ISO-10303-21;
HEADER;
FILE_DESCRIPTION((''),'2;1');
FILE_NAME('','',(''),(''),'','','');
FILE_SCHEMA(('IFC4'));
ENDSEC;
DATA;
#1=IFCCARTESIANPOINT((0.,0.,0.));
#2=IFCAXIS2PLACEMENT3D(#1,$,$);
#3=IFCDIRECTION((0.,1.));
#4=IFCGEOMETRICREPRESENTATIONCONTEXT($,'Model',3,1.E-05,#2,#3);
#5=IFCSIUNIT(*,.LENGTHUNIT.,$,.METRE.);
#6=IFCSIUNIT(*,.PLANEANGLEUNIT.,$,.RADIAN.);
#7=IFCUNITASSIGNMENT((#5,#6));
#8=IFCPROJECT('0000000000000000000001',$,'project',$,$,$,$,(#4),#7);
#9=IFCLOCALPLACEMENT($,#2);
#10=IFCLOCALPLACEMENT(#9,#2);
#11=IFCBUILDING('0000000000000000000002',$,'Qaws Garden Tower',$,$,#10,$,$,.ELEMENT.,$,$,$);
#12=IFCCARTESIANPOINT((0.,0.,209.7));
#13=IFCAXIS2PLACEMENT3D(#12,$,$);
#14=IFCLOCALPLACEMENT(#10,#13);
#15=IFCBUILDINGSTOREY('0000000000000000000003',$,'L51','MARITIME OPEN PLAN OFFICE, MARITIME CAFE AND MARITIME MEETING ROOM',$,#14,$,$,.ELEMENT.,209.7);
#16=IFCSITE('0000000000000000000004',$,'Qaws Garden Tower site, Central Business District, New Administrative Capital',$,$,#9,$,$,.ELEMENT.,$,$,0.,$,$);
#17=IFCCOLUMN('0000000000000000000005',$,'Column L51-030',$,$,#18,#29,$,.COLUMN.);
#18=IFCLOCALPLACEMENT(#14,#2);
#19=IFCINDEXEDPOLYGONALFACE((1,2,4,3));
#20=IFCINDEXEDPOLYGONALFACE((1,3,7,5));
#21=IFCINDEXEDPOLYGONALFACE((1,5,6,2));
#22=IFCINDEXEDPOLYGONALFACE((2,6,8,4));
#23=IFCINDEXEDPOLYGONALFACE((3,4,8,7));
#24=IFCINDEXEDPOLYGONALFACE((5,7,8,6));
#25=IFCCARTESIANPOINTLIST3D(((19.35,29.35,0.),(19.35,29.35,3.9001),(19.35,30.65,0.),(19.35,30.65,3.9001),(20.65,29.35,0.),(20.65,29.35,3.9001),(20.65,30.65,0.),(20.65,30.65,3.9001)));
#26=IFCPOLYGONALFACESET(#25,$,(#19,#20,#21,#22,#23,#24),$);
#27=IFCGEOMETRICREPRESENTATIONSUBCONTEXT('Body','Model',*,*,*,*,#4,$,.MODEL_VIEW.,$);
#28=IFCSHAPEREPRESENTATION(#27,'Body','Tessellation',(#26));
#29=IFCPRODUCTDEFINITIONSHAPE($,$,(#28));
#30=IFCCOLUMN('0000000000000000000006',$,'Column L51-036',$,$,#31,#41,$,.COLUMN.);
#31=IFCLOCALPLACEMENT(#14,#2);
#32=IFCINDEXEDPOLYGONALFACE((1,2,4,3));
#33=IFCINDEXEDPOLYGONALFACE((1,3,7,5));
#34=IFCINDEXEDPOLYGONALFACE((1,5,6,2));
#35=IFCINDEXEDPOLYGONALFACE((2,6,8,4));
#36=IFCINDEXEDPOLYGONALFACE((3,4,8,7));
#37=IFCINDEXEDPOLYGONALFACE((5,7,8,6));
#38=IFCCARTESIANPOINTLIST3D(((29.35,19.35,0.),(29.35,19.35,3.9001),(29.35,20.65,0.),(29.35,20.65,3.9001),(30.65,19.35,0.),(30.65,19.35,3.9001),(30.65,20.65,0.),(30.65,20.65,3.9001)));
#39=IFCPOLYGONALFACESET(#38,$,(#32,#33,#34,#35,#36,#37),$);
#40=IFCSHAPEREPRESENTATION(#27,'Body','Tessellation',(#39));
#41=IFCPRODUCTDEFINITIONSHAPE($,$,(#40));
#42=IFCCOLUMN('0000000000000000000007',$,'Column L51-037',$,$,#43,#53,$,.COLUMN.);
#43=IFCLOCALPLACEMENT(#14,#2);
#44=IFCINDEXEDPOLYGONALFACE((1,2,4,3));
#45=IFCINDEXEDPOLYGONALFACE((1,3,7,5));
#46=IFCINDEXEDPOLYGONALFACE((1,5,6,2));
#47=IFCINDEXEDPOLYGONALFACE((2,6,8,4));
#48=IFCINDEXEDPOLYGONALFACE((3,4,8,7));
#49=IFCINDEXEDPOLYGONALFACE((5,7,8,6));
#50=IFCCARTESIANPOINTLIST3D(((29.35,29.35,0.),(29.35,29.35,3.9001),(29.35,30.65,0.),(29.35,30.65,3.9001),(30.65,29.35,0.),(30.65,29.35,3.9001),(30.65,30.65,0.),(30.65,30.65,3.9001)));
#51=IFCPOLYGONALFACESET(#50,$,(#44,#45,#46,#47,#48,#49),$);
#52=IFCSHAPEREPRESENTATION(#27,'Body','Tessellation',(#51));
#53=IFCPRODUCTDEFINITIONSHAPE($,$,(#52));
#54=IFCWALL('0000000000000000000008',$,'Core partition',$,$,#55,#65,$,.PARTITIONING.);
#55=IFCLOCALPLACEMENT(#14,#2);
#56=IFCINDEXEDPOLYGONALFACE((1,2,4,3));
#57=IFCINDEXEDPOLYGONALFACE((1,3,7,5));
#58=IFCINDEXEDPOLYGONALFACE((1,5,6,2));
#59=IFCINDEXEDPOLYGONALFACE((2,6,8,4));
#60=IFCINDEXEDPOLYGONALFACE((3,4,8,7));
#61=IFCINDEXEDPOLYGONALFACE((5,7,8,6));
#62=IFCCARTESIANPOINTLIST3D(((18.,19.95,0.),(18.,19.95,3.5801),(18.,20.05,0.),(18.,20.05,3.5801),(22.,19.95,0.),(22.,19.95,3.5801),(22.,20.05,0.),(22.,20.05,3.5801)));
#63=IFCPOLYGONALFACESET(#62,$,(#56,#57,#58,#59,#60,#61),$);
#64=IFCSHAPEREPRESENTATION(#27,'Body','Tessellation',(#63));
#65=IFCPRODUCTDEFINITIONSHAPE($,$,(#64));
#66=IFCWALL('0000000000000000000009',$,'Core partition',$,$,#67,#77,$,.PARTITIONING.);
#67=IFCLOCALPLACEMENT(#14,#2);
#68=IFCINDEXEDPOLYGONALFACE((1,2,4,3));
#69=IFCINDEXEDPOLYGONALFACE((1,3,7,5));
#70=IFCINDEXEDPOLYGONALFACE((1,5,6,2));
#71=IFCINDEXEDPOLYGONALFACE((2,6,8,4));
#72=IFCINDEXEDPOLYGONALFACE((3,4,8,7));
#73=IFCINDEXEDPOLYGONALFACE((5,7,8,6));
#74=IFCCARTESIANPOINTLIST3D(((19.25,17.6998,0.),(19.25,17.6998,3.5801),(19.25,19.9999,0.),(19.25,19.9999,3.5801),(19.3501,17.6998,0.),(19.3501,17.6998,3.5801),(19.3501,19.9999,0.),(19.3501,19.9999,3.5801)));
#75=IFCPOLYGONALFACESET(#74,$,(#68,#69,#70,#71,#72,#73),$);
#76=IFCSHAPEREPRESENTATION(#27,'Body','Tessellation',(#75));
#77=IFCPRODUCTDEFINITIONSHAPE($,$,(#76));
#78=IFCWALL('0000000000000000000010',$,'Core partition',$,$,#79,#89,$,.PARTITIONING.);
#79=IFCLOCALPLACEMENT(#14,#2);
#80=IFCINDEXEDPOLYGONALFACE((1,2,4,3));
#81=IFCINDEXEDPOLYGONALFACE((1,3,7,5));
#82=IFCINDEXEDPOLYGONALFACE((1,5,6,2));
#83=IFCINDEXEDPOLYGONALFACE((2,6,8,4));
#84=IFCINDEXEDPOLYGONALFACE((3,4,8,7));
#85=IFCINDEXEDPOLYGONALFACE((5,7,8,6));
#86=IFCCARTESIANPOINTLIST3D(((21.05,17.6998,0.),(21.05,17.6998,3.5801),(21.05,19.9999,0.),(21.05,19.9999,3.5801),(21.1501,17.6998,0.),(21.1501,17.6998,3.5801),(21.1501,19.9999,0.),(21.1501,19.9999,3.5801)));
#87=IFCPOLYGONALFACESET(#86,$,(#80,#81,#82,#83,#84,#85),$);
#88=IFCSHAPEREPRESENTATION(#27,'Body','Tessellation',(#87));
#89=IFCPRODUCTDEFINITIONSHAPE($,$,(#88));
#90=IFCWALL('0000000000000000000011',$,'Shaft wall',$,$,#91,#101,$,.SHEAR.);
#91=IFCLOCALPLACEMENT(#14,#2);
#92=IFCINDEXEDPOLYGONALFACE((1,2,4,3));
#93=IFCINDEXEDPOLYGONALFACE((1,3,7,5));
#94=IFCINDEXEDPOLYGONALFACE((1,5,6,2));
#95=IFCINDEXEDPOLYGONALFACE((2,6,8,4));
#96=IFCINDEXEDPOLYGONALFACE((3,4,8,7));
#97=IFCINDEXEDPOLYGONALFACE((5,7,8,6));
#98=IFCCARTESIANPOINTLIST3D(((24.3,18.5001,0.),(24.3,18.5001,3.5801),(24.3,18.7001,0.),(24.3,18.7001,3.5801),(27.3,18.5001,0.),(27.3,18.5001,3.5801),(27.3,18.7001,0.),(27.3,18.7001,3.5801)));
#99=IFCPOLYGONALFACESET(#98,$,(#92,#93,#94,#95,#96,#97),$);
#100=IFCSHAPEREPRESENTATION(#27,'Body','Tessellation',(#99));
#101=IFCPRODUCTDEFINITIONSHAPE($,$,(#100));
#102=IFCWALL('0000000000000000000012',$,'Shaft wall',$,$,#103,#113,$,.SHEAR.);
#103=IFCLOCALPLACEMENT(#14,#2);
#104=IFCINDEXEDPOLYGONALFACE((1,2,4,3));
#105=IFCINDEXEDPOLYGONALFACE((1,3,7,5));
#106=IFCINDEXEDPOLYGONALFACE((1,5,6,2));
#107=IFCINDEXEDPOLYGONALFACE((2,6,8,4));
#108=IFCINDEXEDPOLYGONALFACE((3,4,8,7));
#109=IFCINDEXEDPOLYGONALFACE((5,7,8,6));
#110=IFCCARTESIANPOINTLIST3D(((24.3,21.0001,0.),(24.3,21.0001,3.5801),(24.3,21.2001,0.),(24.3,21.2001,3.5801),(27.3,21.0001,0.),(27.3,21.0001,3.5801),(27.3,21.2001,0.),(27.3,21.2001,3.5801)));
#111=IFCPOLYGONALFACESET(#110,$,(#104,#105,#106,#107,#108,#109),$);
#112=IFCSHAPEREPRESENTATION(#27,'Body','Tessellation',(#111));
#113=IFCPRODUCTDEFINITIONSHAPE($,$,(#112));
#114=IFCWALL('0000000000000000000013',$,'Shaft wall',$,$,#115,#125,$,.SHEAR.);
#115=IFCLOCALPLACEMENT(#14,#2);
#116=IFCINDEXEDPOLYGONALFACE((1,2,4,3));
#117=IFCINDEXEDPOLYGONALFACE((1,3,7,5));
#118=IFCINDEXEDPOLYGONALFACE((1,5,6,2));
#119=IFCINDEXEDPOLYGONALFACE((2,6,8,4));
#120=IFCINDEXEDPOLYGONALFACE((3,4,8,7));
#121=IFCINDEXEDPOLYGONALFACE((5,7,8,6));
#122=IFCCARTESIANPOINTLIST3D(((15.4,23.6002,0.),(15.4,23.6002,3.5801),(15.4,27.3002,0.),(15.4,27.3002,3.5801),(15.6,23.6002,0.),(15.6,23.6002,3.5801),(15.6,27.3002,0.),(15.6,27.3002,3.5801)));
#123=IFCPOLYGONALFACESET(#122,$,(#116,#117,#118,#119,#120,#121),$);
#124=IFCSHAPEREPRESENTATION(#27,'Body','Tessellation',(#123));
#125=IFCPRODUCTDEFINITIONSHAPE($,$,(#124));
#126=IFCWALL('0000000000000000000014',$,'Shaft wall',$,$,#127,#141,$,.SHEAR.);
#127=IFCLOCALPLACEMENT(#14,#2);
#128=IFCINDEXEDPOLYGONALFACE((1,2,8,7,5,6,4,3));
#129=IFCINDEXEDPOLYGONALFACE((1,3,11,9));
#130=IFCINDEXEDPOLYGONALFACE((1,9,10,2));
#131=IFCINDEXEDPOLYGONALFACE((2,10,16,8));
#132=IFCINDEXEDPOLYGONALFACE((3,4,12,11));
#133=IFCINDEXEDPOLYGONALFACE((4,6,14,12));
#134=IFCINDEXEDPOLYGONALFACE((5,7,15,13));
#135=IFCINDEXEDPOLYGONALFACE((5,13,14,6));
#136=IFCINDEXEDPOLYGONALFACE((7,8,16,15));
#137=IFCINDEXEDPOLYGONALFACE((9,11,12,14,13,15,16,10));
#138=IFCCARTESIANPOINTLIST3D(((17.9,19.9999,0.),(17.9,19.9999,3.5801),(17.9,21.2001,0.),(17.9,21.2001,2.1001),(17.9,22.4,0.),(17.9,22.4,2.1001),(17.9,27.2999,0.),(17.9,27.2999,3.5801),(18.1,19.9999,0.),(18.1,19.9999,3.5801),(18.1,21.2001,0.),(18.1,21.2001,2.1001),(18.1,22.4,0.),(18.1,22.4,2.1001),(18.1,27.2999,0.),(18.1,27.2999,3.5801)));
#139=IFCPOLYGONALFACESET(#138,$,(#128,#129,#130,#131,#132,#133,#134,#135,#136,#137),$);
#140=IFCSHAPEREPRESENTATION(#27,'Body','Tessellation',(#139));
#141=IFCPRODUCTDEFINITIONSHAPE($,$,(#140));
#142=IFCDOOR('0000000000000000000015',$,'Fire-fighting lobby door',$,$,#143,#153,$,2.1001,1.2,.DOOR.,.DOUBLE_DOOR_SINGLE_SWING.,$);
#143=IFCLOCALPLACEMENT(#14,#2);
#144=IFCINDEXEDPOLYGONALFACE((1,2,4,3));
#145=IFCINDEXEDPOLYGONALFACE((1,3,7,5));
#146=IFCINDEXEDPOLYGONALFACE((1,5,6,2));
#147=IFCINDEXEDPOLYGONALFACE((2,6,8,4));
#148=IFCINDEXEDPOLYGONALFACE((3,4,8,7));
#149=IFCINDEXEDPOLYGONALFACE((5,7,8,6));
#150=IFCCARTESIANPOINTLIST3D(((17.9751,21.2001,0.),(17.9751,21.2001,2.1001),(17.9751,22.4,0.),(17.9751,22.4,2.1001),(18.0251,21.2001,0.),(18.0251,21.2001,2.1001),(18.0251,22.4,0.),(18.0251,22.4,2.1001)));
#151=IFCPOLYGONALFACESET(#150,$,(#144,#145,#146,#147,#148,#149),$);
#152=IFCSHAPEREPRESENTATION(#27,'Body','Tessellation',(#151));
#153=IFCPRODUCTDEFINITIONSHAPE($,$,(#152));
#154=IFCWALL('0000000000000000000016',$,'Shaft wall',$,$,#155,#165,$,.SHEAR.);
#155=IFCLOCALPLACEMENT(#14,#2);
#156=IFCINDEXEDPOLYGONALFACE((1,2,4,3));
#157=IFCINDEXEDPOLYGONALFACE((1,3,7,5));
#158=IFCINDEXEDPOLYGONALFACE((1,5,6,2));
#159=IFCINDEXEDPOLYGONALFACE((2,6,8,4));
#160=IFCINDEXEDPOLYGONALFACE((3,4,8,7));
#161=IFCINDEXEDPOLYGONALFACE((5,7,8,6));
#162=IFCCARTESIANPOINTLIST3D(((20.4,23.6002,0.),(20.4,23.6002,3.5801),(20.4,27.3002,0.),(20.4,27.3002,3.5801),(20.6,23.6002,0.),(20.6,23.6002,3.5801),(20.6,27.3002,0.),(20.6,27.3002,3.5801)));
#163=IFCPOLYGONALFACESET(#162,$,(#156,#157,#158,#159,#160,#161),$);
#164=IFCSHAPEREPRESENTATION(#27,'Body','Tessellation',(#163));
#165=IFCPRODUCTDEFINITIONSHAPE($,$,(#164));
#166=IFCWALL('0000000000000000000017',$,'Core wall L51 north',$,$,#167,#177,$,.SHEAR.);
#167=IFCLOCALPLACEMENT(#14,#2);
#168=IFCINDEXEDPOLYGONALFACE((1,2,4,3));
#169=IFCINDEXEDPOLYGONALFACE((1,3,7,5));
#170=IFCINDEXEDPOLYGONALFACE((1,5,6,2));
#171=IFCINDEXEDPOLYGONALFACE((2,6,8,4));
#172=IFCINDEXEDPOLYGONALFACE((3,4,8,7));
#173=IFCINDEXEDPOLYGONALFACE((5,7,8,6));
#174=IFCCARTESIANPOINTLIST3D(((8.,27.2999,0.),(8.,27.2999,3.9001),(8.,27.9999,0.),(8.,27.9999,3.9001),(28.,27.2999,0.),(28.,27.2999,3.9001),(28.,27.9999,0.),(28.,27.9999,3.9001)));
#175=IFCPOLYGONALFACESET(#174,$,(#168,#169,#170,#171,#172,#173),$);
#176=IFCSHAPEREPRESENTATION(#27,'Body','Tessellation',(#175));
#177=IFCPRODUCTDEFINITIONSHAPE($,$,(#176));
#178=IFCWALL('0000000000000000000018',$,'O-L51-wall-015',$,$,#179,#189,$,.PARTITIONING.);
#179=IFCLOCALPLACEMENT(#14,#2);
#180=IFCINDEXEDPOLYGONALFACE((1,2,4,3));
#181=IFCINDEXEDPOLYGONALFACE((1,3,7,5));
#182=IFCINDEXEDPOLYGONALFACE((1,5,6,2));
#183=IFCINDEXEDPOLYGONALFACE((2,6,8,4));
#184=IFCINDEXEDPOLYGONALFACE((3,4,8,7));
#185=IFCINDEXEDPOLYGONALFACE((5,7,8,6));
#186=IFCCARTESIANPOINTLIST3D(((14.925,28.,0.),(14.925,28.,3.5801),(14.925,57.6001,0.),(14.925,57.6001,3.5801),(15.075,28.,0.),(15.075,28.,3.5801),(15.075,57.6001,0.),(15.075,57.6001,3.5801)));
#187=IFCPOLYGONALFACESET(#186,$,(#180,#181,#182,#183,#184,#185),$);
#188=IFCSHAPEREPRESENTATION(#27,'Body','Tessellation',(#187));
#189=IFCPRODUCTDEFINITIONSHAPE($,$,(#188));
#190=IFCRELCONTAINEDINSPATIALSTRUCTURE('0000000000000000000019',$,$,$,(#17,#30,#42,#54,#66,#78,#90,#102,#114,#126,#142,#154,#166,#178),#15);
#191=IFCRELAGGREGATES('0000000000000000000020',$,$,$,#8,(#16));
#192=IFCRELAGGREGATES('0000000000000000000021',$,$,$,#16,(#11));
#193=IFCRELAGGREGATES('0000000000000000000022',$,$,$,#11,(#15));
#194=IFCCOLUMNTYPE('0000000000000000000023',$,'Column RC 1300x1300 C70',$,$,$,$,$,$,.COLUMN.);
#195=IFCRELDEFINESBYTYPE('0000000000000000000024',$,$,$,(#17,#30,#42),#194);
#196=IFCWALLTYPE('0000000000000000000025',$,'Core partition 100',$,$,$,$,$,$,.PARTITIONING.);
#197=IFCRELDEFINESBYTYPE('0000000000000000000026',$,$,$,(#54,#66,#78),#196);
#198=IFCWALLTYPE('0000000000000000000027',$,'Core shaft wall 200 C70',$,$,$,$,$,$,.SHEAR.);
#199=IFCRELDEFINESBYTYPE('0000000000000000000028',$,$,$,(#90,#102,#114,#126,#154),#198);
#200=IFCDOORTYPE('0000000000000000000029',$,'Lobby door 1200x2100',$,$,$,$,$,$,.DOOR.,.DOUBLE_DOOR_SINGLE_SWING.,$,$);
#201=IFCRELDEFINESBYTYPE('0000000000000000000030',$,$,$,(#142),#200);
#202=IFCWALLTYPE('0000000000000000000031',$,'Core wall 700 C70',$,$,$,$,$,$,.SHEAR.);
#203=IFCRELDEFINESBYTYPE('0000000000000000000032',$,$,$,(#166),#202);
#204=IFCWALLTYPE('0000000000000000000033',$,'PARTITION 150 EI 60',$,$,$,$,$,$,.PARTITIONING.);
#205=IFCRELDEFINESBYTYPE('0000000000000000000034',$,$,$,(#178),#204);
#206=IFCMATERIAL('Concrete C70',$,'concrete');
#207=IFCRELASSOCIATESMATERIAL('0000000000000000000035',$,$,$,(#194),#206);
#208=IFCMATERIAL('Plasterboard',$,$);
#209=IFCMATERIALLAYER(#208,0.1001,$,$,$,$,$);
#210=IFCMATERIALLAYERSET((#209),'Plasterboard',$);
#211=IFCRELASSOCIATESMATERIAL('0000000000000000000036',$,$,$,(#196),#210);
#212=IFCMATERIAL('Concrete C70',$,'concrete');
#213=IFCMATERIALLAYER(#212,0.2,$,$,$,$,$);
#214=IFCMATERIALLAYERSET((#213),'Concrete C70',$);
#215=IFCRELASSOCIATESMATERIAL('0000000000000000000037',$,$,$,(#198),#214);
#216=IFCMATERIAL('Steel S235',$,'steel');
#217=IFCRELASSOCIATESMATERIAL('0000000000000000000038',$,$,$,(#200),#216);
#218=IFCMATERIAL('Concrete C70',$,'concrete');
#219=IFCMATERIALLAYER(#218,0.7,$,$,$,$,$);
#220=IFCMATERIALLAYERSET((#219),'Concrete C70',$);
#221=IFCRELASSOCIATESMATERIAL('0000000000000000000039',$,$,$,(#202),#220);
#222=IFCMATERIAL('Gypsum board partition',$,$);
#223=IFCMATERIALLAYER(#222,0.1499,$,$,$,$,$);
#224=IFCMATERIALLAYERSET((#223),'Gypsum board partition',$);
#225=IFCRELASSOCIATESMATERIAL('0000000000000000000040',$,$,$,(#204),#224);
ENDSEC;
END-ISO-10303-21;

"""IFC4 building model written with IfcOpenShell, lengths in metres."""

from ifc_helpers import new_model, si_unit, direction, frame, frame_2d, origin, origin_2d, place, context, subcontext, project, spatial, rectangle, extrude, material, layer, layer_set, material_profile, profile_set, type_object, element, fill, save


model = new_model("IFC4")

# Units and contexts
model_context = context("Model", 3, precision=1e-05, world=origin(), true_north=direction((0.0, 1.0)))
body_context = subcontext(model_context, "Body", "Model", "MODEL_VIEW")
ifc_project = project(units=[si_unit("LENGTHUNIT", "METRE"), si_unit("PLANEANGLEUNIT", "RADIAN")], contexts=[model_context])

# Site, building, storey
site_placement = place(None, origin())
site = spatial("IfcSite", under=ifc_project, at=site_placement, Name="Qaws Garden Tower site, Central Business District, New Administrative Capital", CompositionType="ELEMENT", RefElevation=0.0)
building_placement = place(site_placement, origin())
building = spatial("IfcBuilding", under=site, at=building_placement, Name="Qaws Garden Tower", CompositionType="ELEMENT")
storey_placement = place(building_placement, frame((0.0, 0.0, 209.7)))
storey = spatial("IfcBuildingStorey", under=building, at=storey_placement, Name="L51", Description="MARITIME OPEN PLAN OFFICE, MARITIME CAFE AND MARITIME MEETING ROOM", CompositionType="ELEMENT", Elevation=209.7)

# Columns
ifc_material_1 = material(Name="Concrete C70", Category="concrete")
ifc_material_profile = material_profile(ifc_material_1, rectangle(XDim=1.3, YDim=1.3, at=origin_2d()), Name="RC 1300x1300")
ifc_profile_set = profile_set([ifc_material_profile], Name="Concrete C70")
column_type = type_object("IfcColumnType", Name="Column RC 1300x1300 C70", PredefinedType="COLUMN", material=ifc_profile_set)
for number, where, z_axis, x_axis, name in (
    (1, (20.0, 30.0, 0.0), (0.0, 0.0, 1.0), (1.0, 0.0, 0.0), "Column L51-030"),
    (2, (30.0, 20.0, 0.0), (0.0, 0.0, 1.0), (1.0, 0.0, 0.0), "Column L51-036"),
    (3, (30.0, 30.0, 0.0), (0.0, 0.0, 1.0), (1.0, 0.0, 0.0), "Column L51-037"),
):
    element("IfcColumn", number, at=place(storey_placement, frame(where, z_axis=z_axis, x_axis=x_axis)), inside=storey, type_object=column_type, Name=name, PredefinedType="COLUMN", context=body_context, shape_type="SweptSolid", body=[
        extrude(rectangle(XDim=1.3, YDim=1.3, at=origin_2d()), origin(), (0.0, 0.0, 1.0), 3.9001),
    ])

# Walls
ifc_material_2 = material(Name="Plasterboard")
ifc_layer_1 = layer(ifc_material_2, 0.1001)
ifc_layer_set_1 = layer_set([ifc_layer_1], Name="Plasterboard")
wall_type_1 = type_object("IfcWallType", Name="Core partition 100", PredefinedType="PARTITIONING", material=ifc_layer_set_1)
wall_1_placement = place(storey_placement, frame((18.0, 20.0, 0.0), z_axis=(0.0, 0.0, 1.0), x_axis=(1.0, 0.0, 0.0)))
element("IfcWall", 4, at=wall_1_placement, inside=storey, type_object=wall_type_1, Name="Core partition", PredefinedType="PARTITIONING", context=body_context, shape_type="SweptSolid", body=[
    extrude(rectangle(XDim=4.0, YDim=0.1001, at=frame_2d((2.0, 0.0))), origin(), (0.0, 0.0, 1.0), 3.5801),
])
for number, where, z_axis, x_axis, name in (
    (5, (19.3, 17.7, 0.0), (0.0, 0.0, 1.0), (0.0, 1.0, 0.0), "Core partition"),
    (6, (21.1001, 17.7, 0.0), (0.0, 0.0, 1.0), (0.0, 1.0, 0.0), "Core partition"),
):
    element("IfcWall", number, at=place(storey_placement, frame(where, z_axis=z_axis, x_axis=x_axis)), inside=storey, type_object=wall_type_1, Name=name, PredefinedType="PARTITIONING", context=body_context, shape_type="SweptSolid", body=[
        extrude(rectangle(XDim=2.3, YDim=0.1001, at=frame_2d((1.1499, 0.0))), origin(), (0.0, 0.0, 1.0), 3.5801),
    ])
ifc_material_3 = material(Name="Concrete C70", Category="concrete")
ifc_layer_2 = layer(ifc_material_3, 0.2)
ifc_layer_set_2 = layer_set([ifc_layer_2], Name="Concrete C70")
wall_type_2 = type_object("IfcWallType", Name="Core shaft wall 200 C70", PredefinedType="SHEAR", material=ifc_layer_set_2)
for number, where, z_axis, x_axis, name in (
    (7, (24.3, 18.6001, 0.0), (0.0, 0.0, 1.0), (1.0, 0.0, 0.0), "Shaft wall"),
    (8, (24.3, 21.1001, 0.0), (0.0, 0.0, 1.0), (1.0, 0.0, 0.0), "Shaft wall"),
):
    element("IfcWall", number, at=place(storey_placement, frame(where, z_axis=z_axis, x_axis=x_axis)), inside=storey, type_object=wall_type_2, Name=name, PredefinedType="SHEAR", context=body_context, shape_type="SweptSolid", body=[
        extrude(rectangle(XDim=3.0, YDim=0.2, at=frame_2d((1.5, 0.0))), origin(), (0.0, 0.0, 1.0), 3.5801),
    ])
wall_2_placement = place(storey_placement, frame((15.5, 23.6001, 0.0), z_axis=(0.0, 0.0, 1.0), x_axis=(0.0, 1.0, 0.0)))
element("IfcWall", 9, at=wall_2_placement, inside=storey, type_object=wall_type_2, Name="Shaft wall", PredefinedType="SHEAR", context=body_context, shape_type="SweptSolid", body=[
    extrude(rectangle(XDim=3.7, YDim=0.2, at=frame_2d((1.8501, 0.0))), origin(), (0.0, 0.0, 1.0), 3.5801),
])

# Wall, opening, door
wall_3_placement = place(storey_placement, frame((18.0, 20.0, 0.0), z_axis=(0.0, 0.0, 1.0), x_axis=(0.0, 1.0, 0.0)))
wall_3 = element("IfcWall", 10, at=wall_3_placement, inside=storey, type_object=wall_type_2, Name="Shaft wall", PredefinedType="SHEAR", context=body_context, shape_type="SweptSolid", body=[
    extrude(rectangle(XDim=7.3, YDim=0.2, at=frame_2d((3.6499, 0.0))), origin(), (0.0, 0.0, 1.0), 3.5801),
])
opening_1_placement = place(wall_3_placement, frame((1.2, 0.0, 0.0)))
opening_1 = element("IfcOpeningElement", 11, at=opening_1_placement, cuts=wall_3, PredefinedType="OPENING", context=body_context, shape_type="SweptSolid", body=[
    extrude(rectangle(XDim=1.2, YDim=2.1001, at=frame_2d((0.6001, 1.05))), frame((0.0, 0.1099, 0.0), z_axis=(0.0, -1.0, 0.0), x_axis=(1.0, 0.0, 0.0)), (0.0, 0.0, 1.0), 0.22),
])
ifc_material_4 = material(Name="Steel S235", Category="steel")
door_type_1 = type_object("IfcDoorType", Name="Lobby door 1200x2100", OperationType="DOUBLE_DOOR_SINGLE_SWING", PredefinedType="DOOR", material=ifc_material_4)
door_1_placement = place(opening_1_placement, origin())
door_1 = element("IfcDoor", 12, at=door_1_placement, inside=storey, type_object=door_type_1, Name="Fire-fighting lobby door", OperationType="DOUBLE_DOOR_SINGLE_SWING", OverallHeight=2.1001, OverallWidth=1.2, PredefinedType="DOOR", context=body_context, shape_type="SweptSolid", body=[
    extrude(rectangle(XDim=1.2, YDim=2.1001, at=frame_2d((0.6001, 1.05))), frame((0.0, 0.0249, 0.0), z_axis=(0.0, -1.0, 0.0), x_axis=(1.0, 0.0, 0.0)), (0.0, 0.0, 1.0), 0.05),
])
fill(opening_1, door_1)

# Walls
wall_4_placement = place(storey_placement, frame((20.5, 23.6001, 0.0), z_axis=(0.0, 0.0, 1.0), x_axis=(0.0, 1.0, 0.0)))
element("IfcWall", 13, at=wall_4_placement, inside=storey, type_object=wall_type_2, Name="Shaft wall", PredefinedType="SHEAR", context=body_context, shape_type="SweptSolid", body=[
    extrude(rectangle(XDim=3.7, YDim=0.2, at=frame_2d((1.8501, 0.0))), origin(), (0.0, 0.0, 1.0), 3.5801),
])
ifc_material_5 = material(Name="Concrete C70", Category="concrete")
ifc_layer_3 = layer(ifc_material_5, 0.7)
ifc_layer_set_3 = layer_set([ifc_layer_3], Name="Concrete C70")
wall_type_3 = type_object("IfcWallType", Name="Core wall 700 C70", PredefinedType="SHEAR", material=ifc_layer_set_3)
wall_5_placement = place(storey_placement, frame((28.0, 27.6499, 0.0), z_axis=(0.0, 0.0, 1.0), x_axis=(-1.0, 0.0, 0.0)))
element("IfcWall", 14, at=wall_5_placement, inside=storey, type_object=wall_type_3, Name="Core wall L51 north", PredefinedType="SHEAR", context=body_context, shape_type="SweptSolid", body=[
    extrude(rectangle(XDim=20.0, YDim=0.7, at=frame_2d((10.0, 0.0))), origin(), (0.0, 0.0, 1.0), 3.9001),
])
ifc_material_6 = material(Name="Gypsum board partition")
ifc_layer_4 = layer(ifc_material_6, 0.1499)
ifc_layer_set_4 = layer_set([ifc_layer_4], Name="Gypsum board partition")
wall_type_4 = type_object("IfcWallType", Name="PARTITION 150 EI 60", PredefinedType="PARTITIONING", material=ifc_layer_set_4)
wall_6_placement = place(storey_placement, frame((15.0, 28.0, 0.0), z_axis=(0.0, 0.0, 1.0), x_axis=(0.0, 1.0, 0.0)))
element("IfcWall", 15, at=wall_6_placement, inside=storey, type_object=wall_type_4, Name="O-L51-wall-015", PredefinedType="PARTITIONING", context=body_context, shape_type="SweptSolid", body=[
    extrude(rectangle(XDim=29.6001, YDim=0.1499, at=frame_2d((14.8, 0.0))), origin(), (0.0, 0.0, 1.0), 3.5801),
])

save(model, "model.ifc")
